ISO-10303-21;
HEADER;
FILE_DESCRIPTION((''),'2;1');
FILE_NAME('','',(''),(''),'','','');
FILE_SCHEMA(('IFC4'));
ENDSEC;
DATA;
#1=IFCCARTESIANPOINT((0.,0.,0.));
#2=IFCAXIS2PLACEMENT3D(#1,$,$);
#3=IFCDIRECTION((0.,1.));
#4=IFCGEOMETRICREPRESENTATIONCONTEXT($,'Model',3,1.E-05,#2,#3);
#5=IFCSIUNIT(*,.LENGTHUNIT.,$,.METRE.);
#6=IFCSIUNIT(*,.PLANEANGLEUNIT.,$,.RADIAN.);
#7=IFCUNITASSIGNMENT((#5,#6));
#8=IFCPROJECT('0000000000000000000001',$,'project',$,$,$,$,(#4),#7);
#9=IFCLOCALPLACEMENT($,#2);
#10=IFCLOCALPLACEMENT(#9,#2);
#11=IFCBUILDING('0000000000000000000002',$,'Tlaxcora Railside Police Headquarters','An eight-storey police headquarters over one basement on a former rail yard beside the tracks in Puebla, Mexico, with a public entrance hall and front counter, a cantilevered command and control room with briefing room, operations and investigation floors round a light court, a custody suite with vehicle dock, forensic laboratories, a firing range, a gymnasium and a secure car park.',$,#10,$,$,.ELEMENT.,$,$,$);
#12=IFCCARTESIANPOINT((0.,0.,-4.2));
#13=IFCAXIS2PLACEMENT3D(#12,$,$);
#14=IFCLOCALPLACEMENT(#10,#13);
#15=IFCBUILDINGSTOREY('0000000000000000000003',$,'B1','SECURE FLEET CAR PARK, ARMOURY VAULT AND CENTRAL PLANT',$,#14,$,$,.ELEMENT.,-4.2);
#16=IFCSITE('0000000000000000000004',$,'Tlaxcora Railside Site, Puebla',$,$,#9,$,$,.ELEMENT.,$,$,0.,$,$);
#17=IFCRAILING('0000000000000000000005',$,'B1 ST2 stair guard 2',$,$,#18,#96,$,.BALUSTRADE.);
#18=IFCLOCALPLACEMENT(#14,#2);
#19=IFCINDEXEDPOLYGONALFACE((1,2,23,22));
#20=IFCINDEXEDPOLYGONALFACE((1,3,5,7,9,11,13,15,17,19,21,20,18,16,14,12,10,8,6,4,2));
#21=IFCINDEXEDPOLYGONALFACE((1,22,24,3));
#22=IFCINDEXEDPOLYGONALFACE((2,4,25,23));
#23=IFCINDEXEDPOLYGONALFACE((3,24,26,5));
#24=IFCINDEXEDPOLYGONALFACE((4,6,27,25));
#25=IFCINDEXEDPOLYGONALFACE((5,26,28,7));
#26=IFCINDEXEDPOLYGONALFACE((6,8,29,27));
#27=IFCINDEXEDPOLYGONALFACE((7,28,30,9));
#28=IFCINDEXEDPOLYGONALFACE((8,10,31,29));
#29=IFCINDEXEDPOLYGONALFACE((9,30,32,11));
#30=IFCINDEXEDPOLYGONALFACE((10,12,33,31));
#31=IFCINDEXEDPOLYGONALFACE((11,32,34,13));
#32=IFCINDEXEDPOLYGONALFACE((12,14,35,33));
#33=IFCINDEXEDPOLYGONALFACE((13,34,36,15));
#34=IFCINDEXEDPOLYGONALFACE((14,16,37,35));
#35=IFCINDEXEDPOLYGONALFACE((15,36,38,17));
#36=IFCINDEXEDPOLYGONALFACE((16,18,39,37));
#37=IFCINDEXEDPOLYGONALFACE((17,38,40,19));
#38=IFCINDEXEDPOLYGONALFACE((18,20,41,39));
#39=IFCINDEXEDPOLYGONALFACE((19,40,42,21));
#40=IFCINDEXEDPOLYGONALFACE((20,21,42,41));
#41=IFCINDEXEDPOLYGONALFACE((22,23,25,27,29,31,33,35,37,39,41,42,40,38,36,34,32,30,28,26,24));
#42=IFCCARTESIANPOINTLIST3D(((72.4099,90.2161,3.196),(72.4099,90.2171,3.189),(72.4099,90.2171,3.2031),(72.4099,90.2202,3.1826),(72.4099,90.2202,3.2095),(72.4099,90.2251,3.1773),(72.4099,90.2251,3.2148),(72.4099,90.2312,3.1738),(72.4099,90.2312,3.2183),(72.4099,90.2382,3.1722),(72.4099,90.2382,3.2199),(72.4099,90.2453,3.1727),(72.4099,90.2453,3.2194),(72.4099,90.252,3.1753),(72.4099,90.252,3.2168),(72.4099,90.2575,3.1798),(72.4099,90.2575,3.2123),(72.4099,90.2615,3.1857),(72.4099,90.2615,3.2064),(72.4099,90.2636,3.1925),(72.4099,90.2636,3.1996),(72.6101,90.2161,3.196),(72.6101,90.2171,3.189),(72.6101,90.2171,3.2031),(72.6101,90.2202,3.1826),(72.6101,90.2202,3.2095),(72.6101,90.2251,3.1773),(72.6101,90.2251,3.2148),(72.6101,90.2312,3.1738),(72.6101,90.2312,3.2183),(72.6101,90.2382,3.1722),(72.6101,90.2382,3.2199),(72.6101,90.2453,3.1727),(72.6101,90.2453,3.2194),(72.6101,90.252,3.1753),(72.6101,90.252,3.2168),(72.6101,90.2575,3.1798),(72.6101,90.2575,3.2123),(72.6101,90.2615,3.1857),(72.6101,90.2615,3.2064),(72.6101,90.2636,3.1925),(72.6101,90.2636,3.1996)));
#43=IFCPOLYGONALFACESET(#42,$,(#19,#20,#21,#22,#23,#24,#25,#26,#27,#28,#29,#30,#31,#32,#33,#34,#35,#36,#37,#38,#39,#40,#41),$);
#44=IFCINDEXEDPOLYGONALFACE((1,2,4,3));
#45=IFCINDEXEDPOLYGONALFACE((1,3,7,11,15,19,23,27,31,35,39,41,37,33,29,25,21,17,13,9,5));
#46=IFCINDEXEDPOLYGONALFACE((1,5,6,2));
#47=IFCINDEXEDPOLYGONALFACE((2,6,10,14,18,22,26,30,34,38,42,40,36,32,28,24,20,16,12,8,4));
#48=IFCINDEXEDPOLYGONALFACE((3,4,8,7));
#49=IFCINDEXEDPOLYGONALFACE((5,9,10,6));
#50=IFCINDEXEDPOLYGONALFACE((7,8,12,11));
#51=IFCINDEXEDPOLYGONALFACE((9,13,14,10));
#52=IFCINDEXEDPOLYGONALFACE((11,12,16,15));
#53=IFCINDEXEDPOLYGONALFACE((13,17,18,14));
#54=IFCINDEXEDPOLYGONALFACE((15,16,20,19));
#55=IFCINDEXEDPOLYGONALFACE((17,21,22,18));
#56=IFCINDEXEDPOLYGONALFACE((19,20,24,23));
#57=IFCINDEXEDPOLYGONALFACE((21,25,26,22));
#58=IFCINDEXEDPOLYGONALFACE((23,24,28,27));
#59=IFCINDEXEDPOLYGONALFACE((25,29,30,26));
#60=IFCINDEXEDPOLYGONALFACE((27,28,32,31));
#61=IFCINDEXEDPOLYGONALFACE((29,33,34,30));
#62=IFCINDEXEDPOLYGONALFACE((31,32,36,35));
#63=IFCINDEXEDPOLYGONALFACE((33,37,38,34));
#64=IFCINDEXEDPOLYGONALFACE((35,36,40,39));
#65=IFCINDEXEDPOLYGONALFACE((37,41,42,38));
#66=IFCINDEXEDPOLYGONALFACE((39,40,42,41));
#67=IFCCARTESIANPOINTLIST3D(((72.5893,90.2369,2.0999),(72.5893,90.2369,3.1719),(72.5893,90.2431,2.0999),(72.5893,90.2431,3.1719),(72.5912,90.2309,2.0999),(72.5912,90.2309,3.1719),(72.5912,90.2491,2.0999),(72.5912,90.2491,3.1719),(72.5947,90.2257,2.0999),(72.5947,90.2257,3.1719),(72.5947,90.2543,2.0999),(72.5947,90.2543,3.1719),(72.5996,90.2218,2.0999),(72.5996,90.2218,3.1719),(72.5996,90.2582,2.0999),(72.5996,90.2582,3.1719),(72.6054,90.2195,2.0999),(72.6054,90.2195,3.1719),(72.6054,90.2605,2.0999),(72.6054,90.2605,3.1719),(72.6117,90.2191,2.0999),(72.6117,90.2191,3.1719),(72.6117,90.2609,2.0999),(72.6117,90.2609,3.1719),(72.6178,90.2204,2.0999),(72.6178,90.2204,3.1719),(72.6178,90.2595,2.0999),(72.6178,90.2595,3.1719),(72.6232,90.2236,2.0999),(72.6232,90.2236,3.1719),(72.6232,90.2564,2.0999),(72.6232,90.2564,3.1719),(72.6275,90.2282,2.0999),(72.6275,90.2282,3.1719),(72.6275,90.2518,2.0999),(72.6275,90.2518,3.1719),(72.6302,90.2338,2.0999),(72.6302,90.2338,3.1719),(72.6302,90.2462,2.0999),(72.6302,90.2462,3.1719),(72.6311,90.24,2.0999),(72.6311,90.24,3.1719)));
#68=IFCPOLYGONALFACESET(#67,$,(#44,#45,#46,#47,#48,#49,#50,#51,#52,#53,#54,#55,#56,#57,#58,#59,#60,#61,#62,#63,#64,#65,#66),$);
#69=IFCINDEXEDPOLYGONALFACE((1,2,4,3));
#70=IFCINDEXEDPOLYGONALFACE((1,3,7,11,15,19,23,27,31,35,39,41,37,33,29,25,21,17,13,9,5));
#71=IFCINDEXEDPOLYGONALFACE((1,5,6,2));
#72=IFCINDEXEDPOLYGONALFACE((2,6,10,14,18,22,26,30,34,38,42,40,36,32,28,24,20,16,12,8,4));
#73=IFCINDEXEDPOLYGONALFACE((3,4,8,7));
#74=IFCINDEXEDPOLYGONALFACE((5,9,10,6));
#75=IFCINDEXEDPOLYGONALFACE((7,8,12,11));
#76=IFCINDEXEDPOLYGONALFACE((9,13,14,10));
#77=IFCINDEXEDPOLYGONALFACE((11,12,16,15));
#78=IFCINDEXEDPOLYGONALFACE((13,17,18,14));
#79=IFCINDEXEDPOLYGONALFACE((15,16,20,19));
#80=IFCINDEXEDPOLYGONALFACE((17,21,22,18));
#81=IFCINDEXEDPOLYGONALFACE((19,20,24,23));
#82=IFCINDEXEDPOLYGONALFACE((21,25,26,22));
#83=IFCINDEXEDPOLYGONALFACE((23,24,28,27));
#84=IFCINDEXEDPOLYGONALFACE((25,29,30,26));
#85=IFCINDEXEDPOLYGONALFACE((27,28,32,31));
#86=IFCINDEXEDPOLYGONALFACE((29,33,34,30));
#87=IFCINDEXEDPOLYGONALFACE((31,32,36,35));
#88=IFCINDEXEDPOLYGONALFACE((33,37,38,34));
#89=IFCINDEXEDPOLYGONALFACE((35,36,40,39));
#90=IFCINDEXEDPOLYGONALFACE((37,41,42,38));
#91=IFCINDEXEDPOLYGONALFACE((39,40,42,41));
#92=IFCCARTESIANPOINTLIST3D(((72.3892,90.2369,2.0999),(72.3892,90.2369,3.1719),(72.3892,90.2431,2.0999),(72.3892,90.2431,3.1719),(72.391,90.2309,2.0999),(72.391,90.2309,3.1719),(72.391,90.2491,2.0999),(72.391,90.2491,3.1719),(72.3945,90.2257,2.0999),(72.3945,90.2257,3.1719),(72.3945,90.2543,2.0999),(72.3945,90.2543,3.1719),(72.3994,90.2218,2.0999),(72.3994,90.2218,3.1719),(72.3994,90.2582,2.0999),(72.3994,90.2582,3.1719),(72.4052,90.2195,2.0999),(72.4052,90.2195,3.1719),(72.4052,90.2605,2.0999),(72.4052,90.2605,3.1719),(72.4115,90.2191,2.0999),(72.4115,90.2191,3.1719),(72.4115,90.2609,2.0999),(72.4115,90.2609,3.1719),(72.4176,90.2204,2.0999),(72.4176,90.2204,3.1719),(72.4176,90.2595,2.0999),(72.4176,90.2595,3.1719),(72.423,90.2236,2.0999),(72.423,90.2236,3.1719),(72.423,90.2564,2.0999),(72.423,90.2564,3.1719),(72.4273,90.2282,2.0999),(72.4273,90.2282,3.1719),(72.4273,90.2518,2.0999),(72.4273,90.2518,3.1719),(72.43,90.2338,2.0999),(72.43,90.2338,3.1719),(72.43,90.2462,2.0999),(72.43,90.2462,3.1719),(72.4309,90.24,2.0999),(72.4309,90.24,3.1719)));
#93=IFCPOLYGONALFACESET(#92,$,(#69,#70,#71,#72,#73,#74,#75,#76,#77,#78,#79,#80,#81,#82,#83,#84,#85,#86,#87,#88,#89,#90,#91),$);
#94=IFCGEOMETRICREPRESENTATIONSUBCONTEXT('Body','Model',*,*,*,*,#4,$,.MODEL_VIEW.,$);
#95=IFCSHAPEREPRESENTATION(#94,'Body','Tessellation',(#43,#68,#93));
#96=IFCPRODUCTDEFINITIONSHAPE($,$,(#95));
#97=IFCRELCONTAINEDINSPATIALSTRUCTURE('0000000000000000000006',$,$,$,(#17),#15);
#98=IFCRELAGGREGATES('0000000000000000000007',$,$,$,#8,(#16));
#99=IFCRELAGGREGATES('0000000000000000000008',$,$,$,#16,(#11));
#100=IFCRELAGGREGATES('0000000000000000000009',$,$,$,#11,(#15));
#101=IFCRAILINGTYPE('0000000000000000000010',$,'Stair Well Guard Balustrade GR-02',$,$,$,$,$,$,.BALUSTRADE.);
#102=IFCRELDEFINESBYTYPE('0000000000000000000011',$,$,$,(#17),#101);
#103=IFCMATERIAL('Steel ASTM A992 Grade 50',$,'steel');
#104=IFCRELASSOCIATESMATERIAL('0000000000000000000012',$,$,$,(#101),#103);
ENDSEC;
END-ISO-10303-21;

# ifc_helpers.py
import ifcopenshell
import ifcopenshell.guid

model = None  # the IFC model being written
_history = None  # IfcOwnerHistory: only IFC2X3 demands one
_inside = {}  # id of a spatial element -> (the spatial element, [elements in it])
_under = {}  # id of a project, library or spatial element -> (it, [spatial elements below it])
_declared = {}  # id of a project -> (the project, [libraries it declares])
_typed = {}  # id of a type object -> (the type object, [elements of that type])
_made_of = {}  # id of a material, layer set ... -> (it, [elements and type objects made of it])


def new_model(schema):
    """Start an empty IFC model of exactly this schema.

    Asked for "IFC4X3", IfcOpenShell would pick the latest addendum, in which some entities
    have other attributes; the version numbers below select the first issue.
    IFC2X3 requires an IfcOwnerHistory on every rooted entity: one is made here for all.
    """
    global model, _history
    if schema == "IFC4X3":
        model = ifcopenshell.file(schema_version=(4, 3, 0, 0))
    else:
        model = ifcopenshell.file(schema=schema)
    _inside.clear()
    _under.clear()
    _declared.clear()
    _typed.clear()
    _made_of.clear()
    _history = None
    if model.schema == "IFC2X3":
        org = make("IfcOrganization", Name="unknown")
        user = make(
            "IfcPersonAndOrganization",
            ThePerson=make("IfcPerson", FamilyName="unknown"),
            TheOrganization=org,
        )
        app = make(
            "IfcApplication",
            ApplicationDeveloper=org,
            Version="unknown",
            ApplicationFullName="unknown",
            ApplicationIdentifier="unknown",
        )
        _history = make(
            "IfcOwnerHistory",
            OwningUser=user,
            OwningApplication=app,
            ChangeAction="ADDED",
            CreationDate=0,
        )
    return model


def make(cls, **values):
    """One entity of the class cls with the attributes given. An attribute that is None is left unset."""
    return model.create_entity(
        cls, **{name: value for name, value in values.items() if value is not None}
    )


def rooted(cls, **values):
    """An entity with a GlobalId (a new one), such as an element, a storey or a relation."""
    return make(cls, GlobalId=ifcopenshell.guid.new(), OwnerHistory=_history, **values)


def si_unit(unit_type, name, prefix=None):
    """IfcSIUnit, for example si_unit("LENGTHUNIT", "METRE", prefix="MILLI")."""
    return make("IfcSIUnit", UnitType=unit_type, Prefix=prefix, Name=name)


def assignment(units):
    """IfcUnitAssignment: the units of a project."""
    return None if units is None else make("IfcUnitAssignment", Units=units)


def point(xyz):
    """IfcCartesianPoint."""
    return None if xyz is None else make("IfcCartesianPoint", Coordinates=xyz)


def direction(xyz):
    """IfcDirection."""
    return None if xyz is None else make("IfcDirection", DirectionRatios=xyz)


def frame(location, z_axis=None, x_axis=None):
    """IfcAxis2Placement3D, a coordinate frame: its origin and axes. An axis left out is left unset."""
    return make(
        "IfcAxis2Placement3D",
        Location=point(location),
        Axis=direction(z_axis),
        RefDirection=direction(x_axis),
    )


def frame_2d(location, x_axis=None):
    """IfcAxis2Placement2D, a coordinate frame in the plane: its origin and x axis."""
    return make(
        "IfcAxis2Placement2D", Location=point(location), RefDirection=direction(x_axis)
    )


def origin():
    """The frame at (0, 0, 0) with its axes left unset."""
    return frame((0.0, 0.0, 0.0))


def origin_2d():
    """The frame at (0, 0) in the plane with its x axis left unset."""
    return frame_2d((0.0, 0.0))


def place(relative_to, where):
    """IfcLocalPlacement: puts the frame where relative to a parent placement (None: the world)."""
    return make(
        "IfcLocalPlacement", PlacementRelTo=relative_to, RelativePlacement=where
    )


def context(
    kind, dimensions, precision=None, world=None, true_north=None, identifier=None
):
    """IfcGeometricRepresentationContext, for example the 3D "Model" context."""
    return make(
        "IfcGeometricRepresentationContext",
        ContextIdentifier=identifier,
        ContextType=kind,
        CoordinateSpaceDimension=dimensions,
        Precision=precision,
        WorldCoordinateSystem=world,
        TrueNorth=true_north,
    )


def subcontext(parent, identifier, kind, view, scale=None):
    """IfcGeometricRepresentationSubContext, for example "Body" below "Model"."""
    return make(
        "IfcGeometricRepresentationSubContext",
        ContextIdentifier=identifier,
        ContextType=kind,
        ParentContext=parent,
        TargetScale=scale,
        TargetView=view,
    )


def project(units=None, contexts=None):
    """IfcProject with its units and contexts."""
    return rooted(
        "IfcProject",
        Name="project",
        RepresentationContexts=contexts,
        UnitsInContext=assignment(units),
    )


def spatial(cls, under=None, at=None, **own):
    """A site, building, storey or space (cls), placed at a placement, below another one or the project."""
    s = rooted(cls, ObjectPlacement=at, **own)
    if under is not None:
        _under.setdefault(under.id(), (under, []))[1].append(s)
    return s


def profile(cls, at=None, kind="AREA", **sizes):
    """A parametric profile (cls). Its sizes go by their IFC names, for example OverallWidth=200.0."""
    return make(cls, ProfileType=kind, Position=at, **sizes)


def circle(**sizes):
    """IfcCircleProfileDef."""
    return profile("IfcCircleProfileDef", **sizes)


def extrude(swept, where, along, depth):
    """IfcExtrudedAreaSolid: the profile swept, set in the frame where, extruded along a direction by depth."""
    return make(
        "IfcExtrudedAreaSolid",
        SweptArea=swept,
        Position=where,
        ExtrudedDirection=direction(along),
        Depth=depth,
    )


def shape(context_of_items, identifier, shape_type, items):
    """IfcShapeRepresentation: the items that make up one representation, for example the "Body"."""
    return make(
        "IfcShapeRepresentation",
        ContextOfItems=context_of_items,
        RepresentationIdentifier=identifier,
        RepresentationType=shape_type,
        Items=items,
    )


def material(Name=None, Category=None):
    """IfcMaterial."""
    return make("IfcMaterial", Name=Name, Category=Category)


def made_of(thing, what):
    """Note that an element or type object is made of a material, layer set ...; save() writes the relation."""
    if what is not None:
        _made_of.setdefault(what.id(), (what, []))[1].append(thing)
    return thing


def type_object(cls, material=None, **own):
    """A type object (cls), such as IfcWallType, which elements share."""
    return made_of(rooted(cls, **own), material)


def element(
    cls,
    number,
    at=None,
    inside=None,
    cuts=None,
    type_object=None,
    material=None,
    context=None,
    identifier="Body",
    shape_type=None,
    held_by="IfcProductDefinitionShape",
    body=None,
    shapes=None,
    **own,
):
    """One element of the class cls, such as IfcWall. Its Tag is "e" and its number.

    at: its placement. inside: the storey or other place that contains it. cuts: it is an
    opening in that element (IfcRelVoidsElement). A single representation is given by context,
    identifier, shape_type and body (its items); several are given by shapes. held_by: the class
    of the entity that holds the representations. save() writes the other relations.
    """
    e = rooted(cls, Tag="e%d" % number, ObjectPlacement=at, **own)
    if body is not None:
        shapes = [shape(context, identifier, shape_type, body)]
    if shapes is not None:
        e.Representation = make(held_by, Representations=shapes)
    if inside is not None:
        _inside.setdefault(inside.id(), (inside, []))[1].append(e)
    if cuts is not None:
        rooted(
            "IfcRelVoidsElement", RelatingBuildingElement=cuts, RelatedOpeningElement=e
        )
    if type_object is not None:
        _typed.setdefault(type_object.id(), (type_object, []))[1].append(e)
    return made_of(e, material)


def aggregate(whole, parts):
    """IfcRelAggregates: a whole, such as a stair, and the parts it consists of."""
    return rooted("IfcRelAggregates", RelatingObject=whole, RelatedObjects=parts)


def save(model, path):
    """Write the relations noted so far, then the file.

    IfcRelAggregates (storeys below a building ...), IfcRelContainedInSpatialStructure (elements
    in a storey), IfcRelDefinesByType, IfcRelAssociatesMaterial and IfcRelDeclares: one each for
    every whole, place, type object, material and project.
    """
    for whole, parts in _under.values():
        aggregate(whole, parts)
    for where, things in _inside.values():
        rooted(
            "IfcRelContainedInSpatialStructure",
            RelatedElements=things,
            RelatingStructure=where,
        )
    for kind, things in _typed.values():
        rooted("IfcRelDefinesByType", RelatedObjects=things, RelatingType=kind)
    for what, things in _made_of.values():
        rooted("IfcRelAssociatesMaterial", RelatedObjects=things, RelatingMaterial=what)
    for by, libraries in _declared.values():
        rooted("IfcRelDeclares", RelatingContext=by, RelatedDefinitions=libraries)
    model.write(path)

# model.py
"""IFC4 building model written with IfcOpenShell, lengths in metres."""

from ifc_helpers import new_model, si_unit, direction, frame, origin, origin_2d, place, context, subcontext, project, spatial, circle, extrude, material, type_object, element, save


model = new_model("IFC4")

# Units and contexts
model_context = context("Model", 3, precision=1e-05, world=origin(), true_north=direction((0.0, 1.0)))
body_context = subcontext(model_context, "Body", "Model", "MODEL_VIEW")
ifc_project = project(units=[si_unit("LENGTHUNIT", "METRE"), si_unit("PLANEANGLEUNIT", "RADIAN")], contexts=[model_context])

# Site, building, storey
site_placement = place(None, origin())
site = spatial("IfcSite", under=ifc_project, at=site_placement, Name="Tlaxcora Railside Site, Puebla", CompositionType="ELEMENT", RefElevation=0.0)
building_placement = place(site_placement, origin())
building = spatial("IfcBuilding", under=site, at=building_placement, Name="Tlaxcora Railside Police Headquarters", Description="An eight-storey police headquarters over one basement on a former rail yard beside the tracks in Puebla, Mexico, with a public entrance hall and front counter, a cantilevered command and control room with briefing room, operations and investigation floors round a light court, a custody suite with vehicle dock, forensic laboratories, a firing range, a gymnasium and a secure car park.", CompositionType="ELEMENT")
storey_placement = place(building_placement, frame((0.0, 0.0, -4.2)))
storey = spatial("IfcBuildingStorey", under=building, at=storey_placement, Name="B1", Description="SECURE FLEET CAR PARK, ARMOURY VAULT AND CENTRAL PLANT", CompositionType="ELEMENT", Elevation=-4.2)

# Shared definitions
ifc_material_1 = material(Name="Steel ASTM A992 Grade 50", Category="steel")

# Railing
railing_type_1 = type_object("IfcRailingType", Name="Stair Well Guard Balustrade GR-02", PredefinedType="BALUSTRADE", material=ifc_material_1)
railing_1_placement = place(storey_placement, frame((72.6101, 90.24, 2.0999)))
element("IfcRailing", 1, at=railing_1_placement, inside=storey, type_object=railing_type_1, Name="B1 ST2 stair guard 2", PredefinedType="BALUSTRADE", context=body_context, shape_type="SweptSolid", body=[
    extrude(circle(Radius=0.0239, at=origin_2d()), frame((0.0, 0.0, 1.0962), z_axis=(-1.0, 0.0, 0.0), x_axis=(0.0, -1.0, 0.0)), (0.0, 0.0, 1.0), 0.2002),
    extrude(circle(Radius=0.021, at=origin_2d()), origin(), (0.0, 0.0, 1.0), 1.072),
    extrude(circle(Radius=0.021, at=origin_2d()), frame((-0.2002, 0.0, 0.0)), (0.0, 0.0, 1.0), 1.072),
])

save(model, "model.ifc")
